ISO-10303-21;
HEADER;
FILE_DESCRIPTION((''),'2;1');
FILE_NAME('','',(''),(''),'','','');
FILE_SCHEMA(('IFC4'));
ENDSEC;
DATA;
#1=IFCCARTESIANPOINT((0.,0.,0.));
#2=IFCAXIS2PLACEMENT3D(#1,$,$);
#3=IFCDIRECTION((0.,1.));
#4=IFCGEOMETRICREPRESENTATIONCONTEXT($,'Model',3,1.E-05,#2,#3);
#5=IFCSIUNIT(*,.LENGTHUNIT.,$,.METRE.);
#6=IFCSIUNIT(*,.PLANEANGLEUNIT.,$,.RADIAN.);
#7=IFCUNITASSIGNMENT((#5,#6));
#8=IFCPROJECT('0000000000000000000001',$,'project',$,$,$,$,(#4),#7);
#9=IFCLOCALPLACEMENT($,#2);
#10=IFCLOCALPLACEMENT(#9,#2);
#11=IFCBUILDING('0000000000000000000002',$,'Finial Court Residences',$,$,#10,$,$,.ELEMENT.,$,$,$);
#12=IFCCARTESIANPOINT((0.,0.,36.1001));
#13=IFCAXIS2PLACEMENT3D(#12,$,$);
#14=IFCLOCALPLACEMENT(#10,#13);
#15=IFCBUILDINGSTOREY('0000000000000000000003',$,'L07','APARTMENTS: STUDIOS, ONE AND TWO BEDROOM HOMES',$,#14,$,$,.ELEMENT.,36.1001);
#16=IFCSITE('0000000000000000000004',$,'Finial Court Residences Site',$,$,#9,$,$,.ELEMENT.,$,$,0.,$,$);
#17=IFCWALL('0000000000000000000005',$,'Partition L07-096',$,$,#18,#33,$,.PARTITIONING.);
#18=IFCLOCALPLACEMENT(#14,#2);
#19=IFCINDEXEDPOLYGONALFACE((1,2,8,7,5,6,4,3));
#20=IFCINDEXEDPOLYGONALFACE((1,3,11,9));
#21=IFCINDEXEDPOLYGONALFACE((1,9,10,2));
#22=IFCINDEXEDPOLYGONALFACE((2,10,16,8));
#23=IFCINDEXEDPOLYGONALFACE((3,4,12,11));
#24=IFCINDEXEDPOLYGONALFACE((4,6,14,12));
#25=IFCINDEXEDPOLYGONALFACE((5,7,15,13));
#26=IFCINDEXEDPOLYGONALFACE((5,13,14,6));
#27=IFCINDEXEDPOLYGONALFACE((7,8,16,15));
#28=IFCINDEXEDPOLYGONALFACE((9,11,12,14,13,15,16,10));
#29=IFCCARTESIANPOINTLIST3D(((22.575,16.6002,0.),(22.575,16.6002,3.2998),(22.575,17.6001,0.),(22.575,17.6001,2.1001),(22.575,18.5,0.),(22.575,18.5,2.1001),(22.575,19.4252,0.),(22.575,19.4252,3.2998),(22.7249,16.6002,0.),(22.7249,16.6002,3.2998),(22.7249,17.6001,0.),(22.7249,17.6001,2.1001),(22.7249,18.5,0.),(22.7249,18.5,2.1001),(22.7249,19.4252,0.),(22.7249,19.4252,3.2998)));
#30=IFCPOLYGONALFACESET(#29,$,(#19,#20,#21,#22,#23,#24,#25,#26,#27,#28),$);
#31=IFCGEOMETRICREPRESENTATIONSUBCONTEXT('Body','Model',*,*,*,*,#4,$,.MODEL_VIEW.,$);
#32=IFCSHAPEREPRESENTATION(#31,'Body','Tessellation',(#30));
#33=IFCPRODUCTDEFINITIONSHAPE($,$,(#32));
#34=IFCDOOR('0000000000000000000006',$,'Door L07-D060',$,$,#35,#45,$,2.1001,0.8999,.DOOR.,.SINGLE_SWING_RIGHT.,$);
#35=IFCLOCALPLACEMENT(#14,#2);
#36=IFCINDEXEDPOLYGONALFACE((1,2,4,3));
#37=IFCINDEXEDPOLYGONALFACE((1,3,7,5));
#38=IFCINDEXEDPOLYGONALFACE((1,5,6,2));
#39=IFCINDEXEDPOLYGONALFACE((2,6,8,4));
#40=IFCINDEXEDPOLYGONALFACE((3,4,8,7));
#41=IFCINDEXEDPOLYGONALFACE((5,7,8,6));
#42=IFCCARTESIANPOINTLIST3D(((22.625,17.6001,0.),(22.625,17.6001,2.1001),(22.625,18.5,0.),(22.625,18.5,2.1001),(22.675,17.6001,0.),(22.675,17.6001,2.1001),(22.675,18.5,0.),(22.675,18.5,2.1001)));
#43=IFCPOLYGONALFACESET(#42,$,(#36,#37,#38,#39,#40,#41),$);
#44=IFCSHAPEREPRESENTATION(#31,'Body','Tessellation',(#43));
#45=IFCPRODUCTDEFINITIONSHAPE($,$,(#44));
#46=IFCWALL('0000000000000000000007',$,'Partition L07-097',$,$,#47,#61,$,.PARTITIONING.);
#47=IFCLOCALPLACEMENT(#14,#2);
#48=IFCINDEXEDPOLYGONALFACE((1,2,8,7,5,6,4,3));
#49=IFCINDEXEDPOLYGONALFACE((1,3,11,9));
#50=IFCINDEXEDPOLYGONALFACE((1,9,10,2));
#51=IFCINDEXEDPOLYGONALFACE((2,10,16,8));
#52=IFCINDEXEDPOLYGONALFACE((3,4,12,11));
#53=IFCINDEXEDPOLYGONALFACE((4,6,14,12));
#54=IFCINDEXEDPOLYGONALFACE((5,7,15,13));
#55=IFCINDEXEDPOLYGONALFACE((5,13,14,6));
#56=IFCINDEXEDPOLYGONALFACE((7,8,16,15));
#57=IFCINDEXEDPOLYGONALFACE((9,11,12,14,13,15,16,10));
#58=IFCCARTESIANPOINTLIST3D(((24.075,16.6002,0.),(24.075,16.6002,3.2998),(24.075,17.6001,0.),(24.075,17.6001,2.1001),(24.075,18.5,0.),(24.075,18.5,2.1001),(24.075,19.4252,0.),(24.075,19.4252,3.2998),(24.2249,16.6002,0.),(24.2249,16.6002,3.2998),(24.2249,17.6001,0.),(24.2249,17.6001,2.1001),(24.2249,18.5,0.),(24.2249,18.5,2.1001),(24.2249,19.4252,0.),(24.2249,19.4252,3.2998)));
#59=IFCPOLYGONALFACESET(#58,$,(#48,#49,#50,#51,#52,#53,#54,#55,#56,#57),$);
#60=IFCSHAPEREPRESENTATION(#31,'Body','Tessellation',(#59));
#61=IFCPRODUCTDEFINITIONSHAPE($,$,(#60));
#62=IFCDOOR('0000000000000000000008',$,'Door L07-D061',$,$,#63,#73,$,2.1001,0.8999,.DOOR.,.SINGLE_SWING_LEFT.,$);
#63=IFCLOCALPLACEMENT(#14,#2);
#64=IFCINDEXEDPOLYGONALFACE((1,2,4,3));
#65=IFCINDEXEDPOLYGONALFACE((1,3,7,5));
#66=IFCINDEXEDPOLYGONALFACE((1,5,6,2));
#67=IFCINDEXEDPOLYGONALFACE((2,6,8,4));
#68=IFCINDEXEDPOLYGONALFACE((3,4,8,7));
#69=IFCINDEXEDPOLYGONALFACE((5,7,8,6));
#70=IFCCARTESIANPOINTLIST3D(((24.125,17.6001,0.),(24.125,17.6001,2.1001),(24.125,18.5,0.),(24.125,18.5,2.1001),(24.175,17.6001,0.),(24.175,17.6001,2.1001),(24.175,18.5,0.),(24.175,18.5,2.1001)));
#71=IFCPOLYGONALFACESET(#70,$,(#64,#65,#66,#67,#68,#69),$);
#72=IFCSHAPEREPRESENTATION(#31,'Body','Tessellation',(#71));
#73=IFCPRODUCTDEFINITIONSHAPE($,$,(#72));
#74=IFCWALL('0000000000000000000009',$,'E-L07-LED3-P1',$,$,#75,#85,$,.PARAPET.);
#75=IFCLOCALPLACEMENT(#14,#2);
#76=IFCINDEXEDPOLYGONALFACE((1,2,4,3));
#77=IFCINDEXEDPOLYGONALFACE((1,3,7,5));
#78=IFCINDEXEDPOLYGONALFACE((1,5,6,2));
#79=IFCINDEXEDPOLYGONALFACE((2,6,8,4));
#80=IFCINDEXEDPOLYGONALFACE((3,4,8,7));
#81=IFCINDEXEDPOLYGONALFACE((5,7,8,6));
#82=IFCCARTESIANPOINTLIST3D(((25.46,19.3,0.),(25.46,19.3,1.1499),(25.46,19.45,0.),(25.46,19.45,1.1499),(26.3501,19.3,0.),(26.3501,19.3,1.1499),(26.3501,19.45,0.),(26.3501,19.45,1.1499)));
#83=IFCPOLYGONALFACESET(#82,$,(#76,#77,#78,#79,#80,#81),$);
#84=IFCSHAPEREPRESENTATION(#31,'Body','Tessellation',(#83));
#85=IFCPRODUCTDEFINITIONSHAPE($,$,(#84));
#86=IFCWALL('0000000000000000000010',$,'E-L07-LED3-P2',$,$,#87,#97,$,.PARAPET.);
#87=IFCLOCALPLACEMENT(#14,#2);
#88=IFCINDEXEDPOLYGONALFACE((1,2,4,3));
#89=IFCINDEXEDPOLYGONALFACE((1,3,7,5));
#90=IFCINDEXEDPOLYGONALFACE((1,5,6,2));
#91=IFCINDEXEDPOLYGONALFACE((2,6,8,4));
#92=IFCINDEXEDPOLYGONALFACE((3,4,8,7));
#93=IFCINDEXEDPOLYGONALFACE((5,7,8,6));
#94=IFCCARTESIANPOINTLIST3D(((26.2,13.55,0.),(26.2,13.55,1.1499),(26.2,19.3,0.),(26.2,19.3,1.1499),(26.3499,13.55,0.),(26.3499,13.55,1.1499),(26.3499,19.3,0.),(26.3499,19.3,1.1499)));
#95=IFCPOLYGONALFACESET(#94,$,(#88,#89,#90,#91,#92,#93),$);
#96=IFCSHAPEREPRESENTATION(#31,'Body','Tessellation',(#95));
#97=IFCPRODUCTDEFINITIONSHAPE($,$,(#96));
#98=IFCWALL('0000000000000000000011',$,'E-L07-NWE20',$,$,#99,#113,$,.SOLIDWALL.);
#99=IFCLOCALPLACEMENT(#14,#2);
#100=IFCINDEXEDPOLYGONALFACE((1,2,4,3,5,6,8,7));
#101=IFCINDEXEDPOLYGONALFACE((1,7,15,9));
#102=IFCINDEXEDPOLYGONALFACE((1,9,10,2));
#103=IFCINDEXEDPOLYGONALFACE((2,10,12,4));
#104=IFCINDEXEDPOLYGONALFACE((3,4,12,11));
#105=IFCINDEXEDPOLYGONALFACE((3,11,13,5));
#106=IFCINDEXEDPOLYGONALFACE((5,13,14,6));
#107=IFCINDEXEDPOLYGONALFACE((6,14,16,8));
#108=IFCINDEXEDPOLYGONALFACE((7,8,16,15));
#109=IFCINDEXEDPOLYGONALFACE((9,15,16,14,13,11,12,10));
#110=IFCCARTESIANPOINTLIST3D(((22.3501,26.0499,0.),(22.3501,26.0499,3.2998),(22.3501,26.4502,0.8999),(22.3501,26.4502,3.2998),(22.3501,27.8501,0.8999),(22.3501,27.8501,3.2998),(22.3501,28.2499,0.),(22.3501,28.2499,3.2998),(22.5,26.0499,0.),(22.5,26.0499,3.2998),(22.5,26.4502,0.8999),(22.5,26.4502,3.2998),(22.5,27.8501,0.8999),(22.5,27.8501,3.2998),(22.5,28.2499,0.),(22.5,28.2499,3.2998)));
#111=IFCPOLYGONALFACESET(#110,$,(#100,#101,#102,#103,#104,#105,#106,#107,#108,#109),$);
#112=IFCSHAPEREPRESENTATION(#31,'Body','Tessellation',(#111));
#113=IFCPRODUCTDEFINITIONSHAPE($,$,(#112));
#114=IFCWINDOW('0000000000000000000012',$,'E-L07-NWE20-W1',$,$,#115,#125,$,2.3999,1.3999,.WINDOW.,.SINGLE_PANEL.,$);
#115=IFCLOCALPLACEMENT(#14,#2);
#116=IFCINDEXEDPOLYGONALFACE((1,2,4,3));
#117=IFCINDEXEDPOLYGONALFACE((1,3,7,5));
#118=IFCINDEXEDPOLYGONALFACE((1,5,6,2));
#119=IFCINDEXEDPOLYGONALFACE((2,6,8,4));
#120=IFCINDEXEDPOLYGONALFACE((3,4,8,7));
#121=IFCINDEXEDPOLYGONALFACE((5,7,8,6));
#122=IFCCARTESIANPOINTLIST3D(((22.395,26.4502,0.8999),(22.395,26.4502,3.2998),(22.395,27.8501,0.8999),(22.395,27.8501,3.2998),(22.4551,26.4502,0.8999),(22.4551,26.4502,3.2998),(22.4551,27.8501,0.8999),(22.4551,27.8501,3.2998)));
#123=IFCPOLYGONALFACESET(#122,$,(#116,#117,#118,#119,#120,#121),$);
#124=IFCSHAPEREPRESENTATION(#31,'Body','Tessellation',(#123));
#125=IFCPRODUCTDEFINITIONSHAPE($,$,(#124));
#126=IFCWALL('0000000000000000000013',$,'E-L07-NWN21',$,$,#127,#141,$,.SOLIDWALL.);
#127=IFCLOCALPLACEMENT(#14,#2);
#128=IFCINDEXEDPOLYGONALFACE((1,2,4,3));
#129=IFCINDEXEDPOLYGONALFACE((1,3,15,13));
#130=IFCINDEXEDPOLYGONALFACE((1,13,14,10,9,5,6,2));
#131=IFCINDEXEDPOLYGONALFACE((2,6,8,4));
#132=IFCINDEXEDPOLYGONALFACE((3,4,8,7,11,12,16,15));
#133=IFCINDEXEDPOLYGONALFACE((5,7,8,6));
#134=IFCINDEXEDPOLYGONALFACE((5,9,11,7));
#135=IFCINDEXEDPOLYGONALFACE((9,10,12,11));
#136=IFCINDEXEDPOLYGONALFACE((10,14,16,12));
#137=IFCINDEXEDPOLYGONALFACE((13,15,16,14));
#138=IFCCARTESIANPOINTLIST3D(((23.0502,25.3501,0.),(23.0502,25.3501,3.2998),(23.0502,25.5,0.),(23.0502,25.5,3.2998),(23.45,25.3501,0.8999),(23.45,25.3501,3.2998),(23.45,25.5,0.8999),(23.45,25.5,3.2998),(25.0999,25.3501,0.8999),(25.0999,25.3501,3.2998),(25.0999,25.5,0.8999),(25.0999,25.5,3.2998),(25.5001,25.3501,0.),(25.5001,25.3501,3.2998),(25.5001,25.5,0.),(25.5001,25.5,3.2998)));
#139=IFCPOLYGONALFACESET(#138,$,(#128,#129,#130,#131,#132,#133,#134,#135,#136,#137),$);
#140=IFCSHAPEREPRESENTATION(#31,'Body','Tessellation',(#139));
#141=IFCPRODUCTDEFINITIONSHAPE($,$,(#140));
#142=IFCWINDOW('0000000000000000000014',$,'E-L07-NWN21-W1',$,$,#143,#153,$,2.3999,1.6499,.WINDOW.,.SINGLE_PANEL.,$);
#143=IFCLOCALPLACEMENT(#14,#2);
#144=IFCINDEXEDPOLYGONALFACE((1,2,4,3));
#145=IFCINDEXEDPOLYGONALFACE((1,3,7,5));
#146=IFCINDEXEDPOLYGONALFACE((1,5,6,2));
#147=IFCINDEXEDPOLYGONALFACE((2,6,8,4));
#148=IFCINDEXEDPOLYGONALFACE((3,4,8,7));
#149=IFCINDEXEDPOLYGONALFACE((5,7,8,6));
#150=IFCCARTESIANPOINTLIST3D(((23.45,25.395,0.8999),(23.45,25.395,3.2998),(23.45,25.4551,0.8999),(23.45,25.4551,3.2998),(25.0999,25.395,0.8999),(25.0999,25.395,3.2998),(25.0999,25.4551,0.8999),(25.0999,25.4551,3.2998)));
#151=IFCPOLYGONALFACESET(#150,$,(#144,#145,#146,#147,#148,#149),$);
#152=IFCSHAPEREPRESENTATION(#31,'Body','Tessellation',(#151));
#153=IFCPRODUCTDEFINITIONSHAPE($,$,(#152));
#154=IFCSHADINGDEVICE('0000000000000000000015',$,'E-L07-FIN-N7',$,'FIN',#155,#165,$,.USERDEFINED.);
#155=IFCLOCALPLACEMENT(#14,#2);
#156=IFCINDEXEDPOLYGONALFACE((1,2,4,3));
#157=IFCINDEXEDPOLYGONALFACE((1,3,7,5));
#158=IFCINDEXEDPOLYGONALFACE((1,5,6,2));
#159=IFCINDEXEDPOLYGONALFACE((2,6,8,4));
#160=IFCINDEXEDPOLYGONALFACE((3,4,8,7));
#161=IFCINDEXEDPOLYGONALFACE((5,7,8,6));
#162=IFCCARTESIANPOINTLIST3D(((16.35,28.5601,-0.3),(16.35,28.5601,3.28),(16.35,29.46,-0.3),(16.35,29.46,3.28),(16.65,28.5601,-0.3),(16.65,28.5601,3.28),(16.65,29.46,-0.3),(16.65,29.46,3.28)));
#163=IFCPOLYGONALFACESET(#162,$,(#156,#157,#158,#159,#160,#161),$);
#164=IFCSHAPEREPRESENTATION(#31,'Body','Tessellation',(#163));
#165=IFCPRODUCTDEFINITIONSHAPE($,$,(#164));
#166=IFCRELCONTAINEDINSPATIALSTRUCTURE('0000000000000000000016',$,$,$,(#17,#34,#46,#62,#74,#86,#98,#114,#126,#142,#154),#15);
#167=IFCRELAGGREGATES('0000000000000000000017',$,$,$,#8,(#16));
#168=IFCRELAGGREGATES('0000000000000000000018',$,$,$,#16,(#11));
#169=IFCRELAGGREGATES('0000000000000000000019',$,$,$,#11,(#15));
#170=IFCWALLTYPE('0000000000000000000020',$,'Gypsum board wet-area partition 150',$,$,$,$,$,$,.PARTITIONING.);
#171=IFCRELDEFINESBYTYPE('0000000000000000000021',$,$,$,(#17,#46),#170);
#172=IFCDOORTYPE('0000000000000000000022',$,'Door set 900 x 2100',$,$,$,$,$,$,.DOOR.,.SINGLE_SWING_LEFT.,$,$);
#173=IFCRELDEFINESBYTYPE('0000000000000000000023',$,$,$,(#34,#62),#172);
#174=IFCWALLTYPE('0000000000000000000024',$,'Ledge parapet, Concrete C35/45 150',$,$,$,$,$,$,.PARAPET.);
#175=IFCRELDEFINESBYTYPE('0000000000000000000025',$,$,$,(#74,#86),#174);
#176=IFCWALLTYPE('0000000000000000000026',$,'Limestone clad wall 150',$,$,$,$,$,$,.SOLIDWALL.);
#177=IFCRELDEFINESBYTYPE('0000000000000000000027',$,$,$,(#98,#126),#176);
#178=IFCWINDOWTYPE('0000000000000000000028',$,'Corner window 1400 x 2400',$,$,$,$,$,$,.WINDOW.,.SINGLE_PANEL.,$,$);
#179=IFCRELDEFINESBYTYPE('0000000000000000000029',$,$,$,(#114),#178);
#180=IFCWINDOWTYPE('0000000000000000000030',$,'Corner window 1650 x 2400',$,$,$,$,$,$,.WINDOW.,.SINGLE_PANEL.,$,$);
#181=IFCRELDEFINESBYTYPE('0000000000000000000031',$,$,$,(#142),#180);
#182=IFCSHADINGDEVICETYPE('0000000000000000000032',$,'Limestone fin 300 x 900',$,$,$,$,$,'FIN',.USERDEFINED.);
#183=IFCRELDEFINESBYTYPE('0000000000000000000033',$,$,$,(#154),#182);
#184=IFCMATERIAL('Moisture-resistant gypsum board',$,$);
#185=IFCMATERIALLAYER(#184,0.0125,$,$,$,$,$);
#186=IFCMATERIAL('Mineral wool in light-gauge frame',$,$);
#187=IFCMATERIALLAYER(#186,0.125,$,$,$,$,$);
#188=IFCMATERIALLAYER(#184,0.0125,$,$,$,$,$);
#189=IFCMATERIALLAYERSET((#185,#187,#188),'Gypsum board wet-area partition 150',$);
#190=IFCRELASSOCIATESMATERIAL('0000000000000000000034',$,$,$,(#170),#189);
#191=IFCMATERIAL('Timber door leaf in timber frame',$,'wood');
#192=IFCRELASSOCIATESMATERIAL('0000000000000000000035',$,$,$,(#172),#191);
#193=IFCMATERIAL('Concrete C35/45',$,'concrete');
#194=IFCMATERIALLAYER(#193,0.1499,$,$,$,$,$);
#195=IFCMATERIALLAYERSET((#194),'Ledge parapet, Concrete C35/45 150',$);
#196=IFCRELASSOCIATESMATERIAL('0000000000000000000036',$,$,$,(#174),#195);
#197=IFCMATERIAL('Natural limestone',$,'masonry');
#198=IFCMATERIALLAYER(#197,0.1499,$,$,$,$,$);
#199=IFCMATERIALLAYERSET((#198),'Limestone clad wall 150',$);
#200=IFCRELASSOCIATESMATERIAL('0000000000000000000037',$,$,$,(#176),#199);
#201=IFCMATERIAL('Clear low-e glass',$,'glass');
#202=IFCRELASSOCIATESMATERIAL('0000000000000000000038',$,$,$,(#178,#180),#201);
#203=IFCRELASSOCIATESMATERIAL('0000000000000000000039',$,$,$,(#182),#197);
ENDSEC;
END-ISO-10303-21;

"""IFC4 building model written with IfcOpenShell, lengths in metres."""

from ifc_helpers import new_model, si_unit, direction, frame, frame_2d, origin, origin_2d, place, context, subcontext, project, spatial, rectangle, extrude, material, layer, layer_set, type_object, element, fill, save


model = new_model("IFC4")

# Units and contexts
model_context = context("Model", 3, precision=1e-05, world=origin(), true_north=direction((0.0, 1.0)))
body_context = subcontext(model_context, "Body", "Model", "MODEL_VIEW")
ifc_project = project(units=[si_unit("LENGTHUNIT", "METRE"), si_unit("PLANEANGLEUNIT", "RADIAN")], contexts=[model_context])

# Site, building, storey
site_placement = place(None, origin())
site = spatial("IfcSite", under=ifc_project, at=site_placement, Name="Finial Court Residences Site", CompositionType="ELEMENT", RefElevation=0.0)
building_placement = place(site_placement, origin())
building = spatial("IfcBuilding", under=site, at=building_placement, Name="Finial Court Residences", CompositionType="ELEMENT")
storey_placement = place(building_placement, frame((0.0, 0.0, 36.1001)))
storey = spatial("IfcBuildingStorey", under=building, at=storey_placement, Name="L07", Description="APARTMENTS: STUDIOS, ONE AND TWO BEDROOM HOMES", CompositionType="ELEMENT", Elevation=36.1001)

# Shared definitions
ifc_material_1 = material(Name="Clear low-e glass", Category="glass")

# Shared definitions
ifc_material_2 = material(Name="Moisture-resistant gypsum board")
ifc_layer_1 = layer(ifc_material_2, 0.0125)
ifc_material_3 = material(Name="Mineral wool in light-gauge frame")
ifc_layer_2 = layer(ifc_material_3, 0.125)
ifc_layer_3 = layer(ifc_material_2, 0.0125)
ifc_layer_set_1 = layer_set([ifc_layer_1, ifc_layer_2, ifc_layer_3], Name="Gypsum board wet-area partition 150")
wall_type_1 = type_object("IfcWallType", Name="Gypsum board wet-area partition 150", PredefinedType="PARTITIONING", material=ifc_layer_set_1)

# Walls, openings, doors
wall_1_placement = place(storey_placement, frame((22.6499, 16.6001, 0.0), z_axis=(0.0, 0.0, 1.0), x_axis=(0.0, 1.0, 0.0)))
wall_1 = element("IfcWall", 1, at=wall_1_placement, inside=storey, type_object=wall_type_1, Name="Partition L07-096", PredefinedType="PARTITIONING", context=body_context, shape_type="SweptSolid", body=[
    extrude(rectangle(XDim=2.825, YDim=0.1499, at=frame_2d((1.4126, 0.0))), origin(), (0.0, 0.0, 1.0), 3.2998),
])
opening_1_placement = place(wall_1_placement, frame((1.0, 0.0, 0.0)))
opening_1 = element("IfcOpeningElement", 2, at=opening_1_placement, cuts=wall_1, PredefinedType="OPENING", context=body_context, shape_type="SweptSolid", body=[
    extrude(rectangle(XDim=0.8999, YDim=2.1001, at=frame_2d((0.45, 1.05))), frame((0.0, 0.085, 0.0), z_axis=(0.0, -1.0, 0.0), x_axis=(1.0, 0.0, 0.0)), (0.0, 0.0, 1.0), 0.1699),
])
ifc_material_4 = material(Name="Timber door leaf in timber frame", Category="wood")
door_type = type_object("IfcDoorType", Name="Door set 900 x 2100", OperationType="SINGLE_SWING_LEFT", PredefinedType="DOOR", material=ifc_material_4)
door_1_placement = place(opening_1_placement, origin())
door_1 = element("IfcDoor", 3, at=door_1_placement, inside=storey, type_object=door_type, Name="Door L07-D060", OperationType="SINGLE_SWING_RIGHT", OverallHeight=2.1001, OverallWidth=0.8999, PredefinedType="DOOR", context=body_context, shape_type="SweptSolid", body=[
    extrude(rectangle(XDim=0.8999, YDim=2.1001, at=frame_2d((0.45, 1.05))), frame((0.0, 0.0249, 0.0), z_axis=(0.0, -1.0, 0.0), x_axis=(1.0, 0.0, 0.0)), (0.0, 0.0, 1.0), 0.05),
])
fill(opening_1, door_1)
wall_2_placement = place(storey_placement, frame((24.1499, 16.6001, 0.0), z_axis=(0.0, 0.0, 1.0), x_axis=(0.0, 1.0, 0.0)))
wall_2 = element("IfcWall", 4, at=wall_2_placement, inside=storey, type_object=wall_type_1, Name="Partition L07-097", PredefinedType="PARTITIONING", context=body_context, shape_type="SweptSolid", body=[
    extrude(rectangle(XDim=2.825, YDim=0.1499, at=frame_2d((1.4126, 0.0))), origin(), (0.0, 0.0, 1.0), 3.2998),
])
opening_2_placement = place(wall_2_placement, frame((1.0, 0.0, 0.0)))
opening_2 = element("IfcOpeningElement", 5, at=opening_2_placement, cuts=wall_2, PredefinedType="OPENING", context=body_context, shape_type="SweptSolid", body=[
    extrude(rectangle(XDim=0.8999, YDim=2.1001, at=frame_2d((0.45, 1.05))), frame((0.0, 0.085, 0.0), z_axis=(0.0, -1.0, 0.0), x_axis=(1.0, 0.0, 0.0)), (0.0, 0.0, 1.0), 0.1699),
])
door_2_placement = place(opening_2_placement, origin())
door_2 = element("IfcDoor", 6, at=door_2_placement, inside=storey, type_object=door_type, Name="Door L07-D061", OperationType="SINGLE_SWING_LEFT", OverallHeight=2.1001, OverallWidth=0.8999, PredefinedType="DOOR", context=body_context, shape_type="SweptSolid", body=[
    extrude(rectangle(XDim=0.8999, YDim=2.1001, at=frame_2d((0.45, 1.05))), frame((0.0, 0.0249, 0.0), z_axis=(0.0, -1.0, 0.0), x_axis=(1.0, 0.0, 0.0)), (0.0, 0.0, 1.0), 0.05),
])
fill(opening_2, door_2)

# Walls
ifc_material_5 = material(Name="Concrete C35/45", Category="concrete")
ifc_layer_4 = layer(ifc_material_5, 0.1499)
ifc_layer_set_2 = layer_set([ifc_layer_4], Name="Ledge parapet, Concrete C35/45 150")
wall_type_2 = type_object("IfcWallType", Name="Ledge parapet, Concrete C35/45 150", PredefinedType="PARAPET", material=ifc_layer_set_2)
wall_3_placement = place(storey_placement, frame((25.46, 19.375, 0.0), z_axis=(0.0, 0.0, 1.0), x_axis=(1.0, 0.0, 0.0)))
element("IfcWall", 7, at=wall_3_placement, inside=storey, type_object=wall_type_2, Name="E-L07-LED3-P1", PredefinedType="PARAPET", context=body_context, shape_type="SweptSolid", body=[
    extrude(rectangle(XDim=0.8901, YDim=0.1499, at=frame_2d((0.4451, 0.0))), origin(), (0.0, 0.0, 1.0), 1.1499),
])
wall_4_placement = place(storey_placement, frame((26.2749, 19.3, 0.0), z_axis=(0.0, 0.0, 1.0), x_axis=(0.0, -1.0, 0.0)))
element("IfcWall", 8, at=wall_4_placement, inside=storey, type_object=wall_type_2, Name="E-L07-LED3-P2", PredefinedType="PARAPET", context=body_context, shape_type="SweptSolid", body=[
    extrude(rectangle(XDim=5.75, YDim=0.1499, at=frame_2d((2.875, 0.0))), origin(), (0.0, 0.0, 1.0), 1.1499),
])

# Walls, openings, windows
ifc_material_6 = material(Name="Natural limestone", Category="masonry")
ifc_layer_5 = layer(ifc_material_6, 0.1499)
ifc_layer_set_3 = layer_set([ifc_layer_5], Name="Limestone clad wall 150")
wall_type_3 = type_object("IfcWallType", Name="Limestone clad wall 150", PredefinedType="SOLIDWALL", material=ifc_layer_set_3)
wall_5_placement = place(storey_placement, frame((22.425, 28.25, 0.0), z_axis=(0.0, 0.0, 1.0), x_axis=(0.0, -1.0, 0.0)))
wall_5 = element("IfcWall", 9, at=wall_5_placement, inside=storey, type_object=wall_type_3, Name="E-L07-NWE20", PredefinedType="SOLIDWALL", context=body_context, shape_type="SweptSolid", body=[
    extrude(rectangle(XDim=2.2, YDim=0.1499, at=frame_2d((1.1001, 0.0))), origin(), (0.0, 0.0, 1.0), 3.2998),
])
opening_3_placement = place(wall_5_placement, frame((0.3999, 0.0, 0.8999)))
opening_3 = element("IfcOpeningElement", 10, at=opening_3_placement, cuts=wall_5, PredefinedType="OPENING", context=body_context, shape_type="SweptSolid", body=[
    extrude(rectangle(XDim=1.3999, YDim=2.3999, at=frame_2d((0.7, 1.2))), frame((0.0, 0.085, 0.0), z_axis=(0.0, -1.0, 0.0), x_axis=(1.0, 0.0, 0.0)), (0.0, 0.0, 1.0), 0.1699),
])
window_type_1 = type_object("IfcWindowType", Name="Corner window 1400 x 2400", PartitioningType="SINGLE_PANEL", PredefinedType="WINDOW", material=ifc_material_1)
window_1_placement = place(opening_3_placement, origin())
window_1 = element("IfcWindow", 11, at=window_1_placement, inside=storey, type_object=window_type_1, Name="E-L07-NWE20-W1", OverallHeight=2.3999, OverallWidth=1.3999, PartitioningType="SINGLE_PANEL", PredefinedType="WINDOW", context=body_context, shape_type="SweptSolid", body=[
    extrude(rectangle(XDim=1.3999, YDim=2.3999, at=frame_2d((0.7, 1.2))), frame((0.0, 0.03, 0.0), z_axis=(0.0, -1.0, 0.0), x_axis=(1.0, 0.0, 0.0)), (0.0, 0.0, 1.0), 0.0601),
])
fill(opening_3, window_1)
wall_6_placement = place(storey_placement, frame((23.05, 25.425, 0.0), z_axis=(0.0, 0.0, 1.0), x_axis=(1.0, 0.0, 0.0)))
wall_6 = element("IfcWall", 12, at=wall_6_placement, inside=storey, type_object=wall_type_3, Name="E-L07-NWN21", PredefinedType="SOLIDWALL", context=body_context, shape_type="SweptSolid", body=[
    extrude(rectangle(XDim=2.45, YDim=0.1499, at=frame_2d((1.2251, 0.0))), origin(), (0.0, 0.0, 1.0), 3.2998),
])
opening_4_placement = place(wall_6_placement, frame((0.3999, 0.0, 0.8999)))
opening_4 = element("IfcOpeningElement", 13, at=opening_4_placement, cuts=wall_6, PredefinedType="OPENING", context=body_context, shape_type="SweptSolid", body=[
    extrude(rectangle(XDim=1.6499, YDim=2.3999, at=frame_2d((0.825, 1.2))), frame((0.0, 0.085, 0.0), z_axis=(0.0, -1.0, 0.0), x_axis=(1.0, 0.0, 0.0)), (0.0, 0.0, 1.0), 0.1699),
])
window_type_2 = type_object("IfcWindowType", Name="Corner window 1650 x 2400", PartitioningType="SINGLE_PANEL", PredefinedType="WINDOW", material=ifc_material_1)
window_2_placement = place(opening_4_placement, origin())
window_2 = element("IfcWindow", 14, at=window_2_placement, inside=storey, type_object=window_type_2, Name="E-L07-NWN21-W1", OverallHeight=2.3999, OverallWidth=1.6499, PartitioningType="SINGLE_PANEL", PredefinedType="WINDOW", context=body_context, shape_type="SweptSolid", body=[
    extrude(rectangle(XDim=1.6499, YDim=2.3999, at=frame_2d((0.825, 1.2))), frame((0.0, 0.03, 0.0), z_axis=(0.0, -1.0, 0.0), x_axis=(1.0, 0.0, 0.0)), (0.0, 0.0, 1.0), 0.0601),
])
fill(opening_4, window_2)

# Shading device
shading_device_type = type_object("IfcShadingDeviceType", Name="Limestone fin 300 x 900", ElementType="FIN", PredefinedType="USERDEFINED", material=ifc_material_6)
for number, where, z_axis, x_axis, name in (
    (15, (16.5, 29.01, -0.3), (0.0, 0.0, 1.0), (1.0, 0.0, 0.0), "E-L07-FIN-N7"),
):
    element("IfcShadingDevice", number, at=place(storey_placement, frame(where, z_axis=z_axis, x_axis=x_axis)), inside=storey, type_object=shading_device_type, Name=name, ObjectType="FIN", PredefinedType="USERDEFINED", context=body_context, shape_type="SweptSolid", body=[
        extrude(rectangle(XDim=0.3, YDim=0.8999, at=origin_2d()), origin(), (0.0, 0.0, 1.0), 3.5801),
    ])

save(model, "model.ifc")
